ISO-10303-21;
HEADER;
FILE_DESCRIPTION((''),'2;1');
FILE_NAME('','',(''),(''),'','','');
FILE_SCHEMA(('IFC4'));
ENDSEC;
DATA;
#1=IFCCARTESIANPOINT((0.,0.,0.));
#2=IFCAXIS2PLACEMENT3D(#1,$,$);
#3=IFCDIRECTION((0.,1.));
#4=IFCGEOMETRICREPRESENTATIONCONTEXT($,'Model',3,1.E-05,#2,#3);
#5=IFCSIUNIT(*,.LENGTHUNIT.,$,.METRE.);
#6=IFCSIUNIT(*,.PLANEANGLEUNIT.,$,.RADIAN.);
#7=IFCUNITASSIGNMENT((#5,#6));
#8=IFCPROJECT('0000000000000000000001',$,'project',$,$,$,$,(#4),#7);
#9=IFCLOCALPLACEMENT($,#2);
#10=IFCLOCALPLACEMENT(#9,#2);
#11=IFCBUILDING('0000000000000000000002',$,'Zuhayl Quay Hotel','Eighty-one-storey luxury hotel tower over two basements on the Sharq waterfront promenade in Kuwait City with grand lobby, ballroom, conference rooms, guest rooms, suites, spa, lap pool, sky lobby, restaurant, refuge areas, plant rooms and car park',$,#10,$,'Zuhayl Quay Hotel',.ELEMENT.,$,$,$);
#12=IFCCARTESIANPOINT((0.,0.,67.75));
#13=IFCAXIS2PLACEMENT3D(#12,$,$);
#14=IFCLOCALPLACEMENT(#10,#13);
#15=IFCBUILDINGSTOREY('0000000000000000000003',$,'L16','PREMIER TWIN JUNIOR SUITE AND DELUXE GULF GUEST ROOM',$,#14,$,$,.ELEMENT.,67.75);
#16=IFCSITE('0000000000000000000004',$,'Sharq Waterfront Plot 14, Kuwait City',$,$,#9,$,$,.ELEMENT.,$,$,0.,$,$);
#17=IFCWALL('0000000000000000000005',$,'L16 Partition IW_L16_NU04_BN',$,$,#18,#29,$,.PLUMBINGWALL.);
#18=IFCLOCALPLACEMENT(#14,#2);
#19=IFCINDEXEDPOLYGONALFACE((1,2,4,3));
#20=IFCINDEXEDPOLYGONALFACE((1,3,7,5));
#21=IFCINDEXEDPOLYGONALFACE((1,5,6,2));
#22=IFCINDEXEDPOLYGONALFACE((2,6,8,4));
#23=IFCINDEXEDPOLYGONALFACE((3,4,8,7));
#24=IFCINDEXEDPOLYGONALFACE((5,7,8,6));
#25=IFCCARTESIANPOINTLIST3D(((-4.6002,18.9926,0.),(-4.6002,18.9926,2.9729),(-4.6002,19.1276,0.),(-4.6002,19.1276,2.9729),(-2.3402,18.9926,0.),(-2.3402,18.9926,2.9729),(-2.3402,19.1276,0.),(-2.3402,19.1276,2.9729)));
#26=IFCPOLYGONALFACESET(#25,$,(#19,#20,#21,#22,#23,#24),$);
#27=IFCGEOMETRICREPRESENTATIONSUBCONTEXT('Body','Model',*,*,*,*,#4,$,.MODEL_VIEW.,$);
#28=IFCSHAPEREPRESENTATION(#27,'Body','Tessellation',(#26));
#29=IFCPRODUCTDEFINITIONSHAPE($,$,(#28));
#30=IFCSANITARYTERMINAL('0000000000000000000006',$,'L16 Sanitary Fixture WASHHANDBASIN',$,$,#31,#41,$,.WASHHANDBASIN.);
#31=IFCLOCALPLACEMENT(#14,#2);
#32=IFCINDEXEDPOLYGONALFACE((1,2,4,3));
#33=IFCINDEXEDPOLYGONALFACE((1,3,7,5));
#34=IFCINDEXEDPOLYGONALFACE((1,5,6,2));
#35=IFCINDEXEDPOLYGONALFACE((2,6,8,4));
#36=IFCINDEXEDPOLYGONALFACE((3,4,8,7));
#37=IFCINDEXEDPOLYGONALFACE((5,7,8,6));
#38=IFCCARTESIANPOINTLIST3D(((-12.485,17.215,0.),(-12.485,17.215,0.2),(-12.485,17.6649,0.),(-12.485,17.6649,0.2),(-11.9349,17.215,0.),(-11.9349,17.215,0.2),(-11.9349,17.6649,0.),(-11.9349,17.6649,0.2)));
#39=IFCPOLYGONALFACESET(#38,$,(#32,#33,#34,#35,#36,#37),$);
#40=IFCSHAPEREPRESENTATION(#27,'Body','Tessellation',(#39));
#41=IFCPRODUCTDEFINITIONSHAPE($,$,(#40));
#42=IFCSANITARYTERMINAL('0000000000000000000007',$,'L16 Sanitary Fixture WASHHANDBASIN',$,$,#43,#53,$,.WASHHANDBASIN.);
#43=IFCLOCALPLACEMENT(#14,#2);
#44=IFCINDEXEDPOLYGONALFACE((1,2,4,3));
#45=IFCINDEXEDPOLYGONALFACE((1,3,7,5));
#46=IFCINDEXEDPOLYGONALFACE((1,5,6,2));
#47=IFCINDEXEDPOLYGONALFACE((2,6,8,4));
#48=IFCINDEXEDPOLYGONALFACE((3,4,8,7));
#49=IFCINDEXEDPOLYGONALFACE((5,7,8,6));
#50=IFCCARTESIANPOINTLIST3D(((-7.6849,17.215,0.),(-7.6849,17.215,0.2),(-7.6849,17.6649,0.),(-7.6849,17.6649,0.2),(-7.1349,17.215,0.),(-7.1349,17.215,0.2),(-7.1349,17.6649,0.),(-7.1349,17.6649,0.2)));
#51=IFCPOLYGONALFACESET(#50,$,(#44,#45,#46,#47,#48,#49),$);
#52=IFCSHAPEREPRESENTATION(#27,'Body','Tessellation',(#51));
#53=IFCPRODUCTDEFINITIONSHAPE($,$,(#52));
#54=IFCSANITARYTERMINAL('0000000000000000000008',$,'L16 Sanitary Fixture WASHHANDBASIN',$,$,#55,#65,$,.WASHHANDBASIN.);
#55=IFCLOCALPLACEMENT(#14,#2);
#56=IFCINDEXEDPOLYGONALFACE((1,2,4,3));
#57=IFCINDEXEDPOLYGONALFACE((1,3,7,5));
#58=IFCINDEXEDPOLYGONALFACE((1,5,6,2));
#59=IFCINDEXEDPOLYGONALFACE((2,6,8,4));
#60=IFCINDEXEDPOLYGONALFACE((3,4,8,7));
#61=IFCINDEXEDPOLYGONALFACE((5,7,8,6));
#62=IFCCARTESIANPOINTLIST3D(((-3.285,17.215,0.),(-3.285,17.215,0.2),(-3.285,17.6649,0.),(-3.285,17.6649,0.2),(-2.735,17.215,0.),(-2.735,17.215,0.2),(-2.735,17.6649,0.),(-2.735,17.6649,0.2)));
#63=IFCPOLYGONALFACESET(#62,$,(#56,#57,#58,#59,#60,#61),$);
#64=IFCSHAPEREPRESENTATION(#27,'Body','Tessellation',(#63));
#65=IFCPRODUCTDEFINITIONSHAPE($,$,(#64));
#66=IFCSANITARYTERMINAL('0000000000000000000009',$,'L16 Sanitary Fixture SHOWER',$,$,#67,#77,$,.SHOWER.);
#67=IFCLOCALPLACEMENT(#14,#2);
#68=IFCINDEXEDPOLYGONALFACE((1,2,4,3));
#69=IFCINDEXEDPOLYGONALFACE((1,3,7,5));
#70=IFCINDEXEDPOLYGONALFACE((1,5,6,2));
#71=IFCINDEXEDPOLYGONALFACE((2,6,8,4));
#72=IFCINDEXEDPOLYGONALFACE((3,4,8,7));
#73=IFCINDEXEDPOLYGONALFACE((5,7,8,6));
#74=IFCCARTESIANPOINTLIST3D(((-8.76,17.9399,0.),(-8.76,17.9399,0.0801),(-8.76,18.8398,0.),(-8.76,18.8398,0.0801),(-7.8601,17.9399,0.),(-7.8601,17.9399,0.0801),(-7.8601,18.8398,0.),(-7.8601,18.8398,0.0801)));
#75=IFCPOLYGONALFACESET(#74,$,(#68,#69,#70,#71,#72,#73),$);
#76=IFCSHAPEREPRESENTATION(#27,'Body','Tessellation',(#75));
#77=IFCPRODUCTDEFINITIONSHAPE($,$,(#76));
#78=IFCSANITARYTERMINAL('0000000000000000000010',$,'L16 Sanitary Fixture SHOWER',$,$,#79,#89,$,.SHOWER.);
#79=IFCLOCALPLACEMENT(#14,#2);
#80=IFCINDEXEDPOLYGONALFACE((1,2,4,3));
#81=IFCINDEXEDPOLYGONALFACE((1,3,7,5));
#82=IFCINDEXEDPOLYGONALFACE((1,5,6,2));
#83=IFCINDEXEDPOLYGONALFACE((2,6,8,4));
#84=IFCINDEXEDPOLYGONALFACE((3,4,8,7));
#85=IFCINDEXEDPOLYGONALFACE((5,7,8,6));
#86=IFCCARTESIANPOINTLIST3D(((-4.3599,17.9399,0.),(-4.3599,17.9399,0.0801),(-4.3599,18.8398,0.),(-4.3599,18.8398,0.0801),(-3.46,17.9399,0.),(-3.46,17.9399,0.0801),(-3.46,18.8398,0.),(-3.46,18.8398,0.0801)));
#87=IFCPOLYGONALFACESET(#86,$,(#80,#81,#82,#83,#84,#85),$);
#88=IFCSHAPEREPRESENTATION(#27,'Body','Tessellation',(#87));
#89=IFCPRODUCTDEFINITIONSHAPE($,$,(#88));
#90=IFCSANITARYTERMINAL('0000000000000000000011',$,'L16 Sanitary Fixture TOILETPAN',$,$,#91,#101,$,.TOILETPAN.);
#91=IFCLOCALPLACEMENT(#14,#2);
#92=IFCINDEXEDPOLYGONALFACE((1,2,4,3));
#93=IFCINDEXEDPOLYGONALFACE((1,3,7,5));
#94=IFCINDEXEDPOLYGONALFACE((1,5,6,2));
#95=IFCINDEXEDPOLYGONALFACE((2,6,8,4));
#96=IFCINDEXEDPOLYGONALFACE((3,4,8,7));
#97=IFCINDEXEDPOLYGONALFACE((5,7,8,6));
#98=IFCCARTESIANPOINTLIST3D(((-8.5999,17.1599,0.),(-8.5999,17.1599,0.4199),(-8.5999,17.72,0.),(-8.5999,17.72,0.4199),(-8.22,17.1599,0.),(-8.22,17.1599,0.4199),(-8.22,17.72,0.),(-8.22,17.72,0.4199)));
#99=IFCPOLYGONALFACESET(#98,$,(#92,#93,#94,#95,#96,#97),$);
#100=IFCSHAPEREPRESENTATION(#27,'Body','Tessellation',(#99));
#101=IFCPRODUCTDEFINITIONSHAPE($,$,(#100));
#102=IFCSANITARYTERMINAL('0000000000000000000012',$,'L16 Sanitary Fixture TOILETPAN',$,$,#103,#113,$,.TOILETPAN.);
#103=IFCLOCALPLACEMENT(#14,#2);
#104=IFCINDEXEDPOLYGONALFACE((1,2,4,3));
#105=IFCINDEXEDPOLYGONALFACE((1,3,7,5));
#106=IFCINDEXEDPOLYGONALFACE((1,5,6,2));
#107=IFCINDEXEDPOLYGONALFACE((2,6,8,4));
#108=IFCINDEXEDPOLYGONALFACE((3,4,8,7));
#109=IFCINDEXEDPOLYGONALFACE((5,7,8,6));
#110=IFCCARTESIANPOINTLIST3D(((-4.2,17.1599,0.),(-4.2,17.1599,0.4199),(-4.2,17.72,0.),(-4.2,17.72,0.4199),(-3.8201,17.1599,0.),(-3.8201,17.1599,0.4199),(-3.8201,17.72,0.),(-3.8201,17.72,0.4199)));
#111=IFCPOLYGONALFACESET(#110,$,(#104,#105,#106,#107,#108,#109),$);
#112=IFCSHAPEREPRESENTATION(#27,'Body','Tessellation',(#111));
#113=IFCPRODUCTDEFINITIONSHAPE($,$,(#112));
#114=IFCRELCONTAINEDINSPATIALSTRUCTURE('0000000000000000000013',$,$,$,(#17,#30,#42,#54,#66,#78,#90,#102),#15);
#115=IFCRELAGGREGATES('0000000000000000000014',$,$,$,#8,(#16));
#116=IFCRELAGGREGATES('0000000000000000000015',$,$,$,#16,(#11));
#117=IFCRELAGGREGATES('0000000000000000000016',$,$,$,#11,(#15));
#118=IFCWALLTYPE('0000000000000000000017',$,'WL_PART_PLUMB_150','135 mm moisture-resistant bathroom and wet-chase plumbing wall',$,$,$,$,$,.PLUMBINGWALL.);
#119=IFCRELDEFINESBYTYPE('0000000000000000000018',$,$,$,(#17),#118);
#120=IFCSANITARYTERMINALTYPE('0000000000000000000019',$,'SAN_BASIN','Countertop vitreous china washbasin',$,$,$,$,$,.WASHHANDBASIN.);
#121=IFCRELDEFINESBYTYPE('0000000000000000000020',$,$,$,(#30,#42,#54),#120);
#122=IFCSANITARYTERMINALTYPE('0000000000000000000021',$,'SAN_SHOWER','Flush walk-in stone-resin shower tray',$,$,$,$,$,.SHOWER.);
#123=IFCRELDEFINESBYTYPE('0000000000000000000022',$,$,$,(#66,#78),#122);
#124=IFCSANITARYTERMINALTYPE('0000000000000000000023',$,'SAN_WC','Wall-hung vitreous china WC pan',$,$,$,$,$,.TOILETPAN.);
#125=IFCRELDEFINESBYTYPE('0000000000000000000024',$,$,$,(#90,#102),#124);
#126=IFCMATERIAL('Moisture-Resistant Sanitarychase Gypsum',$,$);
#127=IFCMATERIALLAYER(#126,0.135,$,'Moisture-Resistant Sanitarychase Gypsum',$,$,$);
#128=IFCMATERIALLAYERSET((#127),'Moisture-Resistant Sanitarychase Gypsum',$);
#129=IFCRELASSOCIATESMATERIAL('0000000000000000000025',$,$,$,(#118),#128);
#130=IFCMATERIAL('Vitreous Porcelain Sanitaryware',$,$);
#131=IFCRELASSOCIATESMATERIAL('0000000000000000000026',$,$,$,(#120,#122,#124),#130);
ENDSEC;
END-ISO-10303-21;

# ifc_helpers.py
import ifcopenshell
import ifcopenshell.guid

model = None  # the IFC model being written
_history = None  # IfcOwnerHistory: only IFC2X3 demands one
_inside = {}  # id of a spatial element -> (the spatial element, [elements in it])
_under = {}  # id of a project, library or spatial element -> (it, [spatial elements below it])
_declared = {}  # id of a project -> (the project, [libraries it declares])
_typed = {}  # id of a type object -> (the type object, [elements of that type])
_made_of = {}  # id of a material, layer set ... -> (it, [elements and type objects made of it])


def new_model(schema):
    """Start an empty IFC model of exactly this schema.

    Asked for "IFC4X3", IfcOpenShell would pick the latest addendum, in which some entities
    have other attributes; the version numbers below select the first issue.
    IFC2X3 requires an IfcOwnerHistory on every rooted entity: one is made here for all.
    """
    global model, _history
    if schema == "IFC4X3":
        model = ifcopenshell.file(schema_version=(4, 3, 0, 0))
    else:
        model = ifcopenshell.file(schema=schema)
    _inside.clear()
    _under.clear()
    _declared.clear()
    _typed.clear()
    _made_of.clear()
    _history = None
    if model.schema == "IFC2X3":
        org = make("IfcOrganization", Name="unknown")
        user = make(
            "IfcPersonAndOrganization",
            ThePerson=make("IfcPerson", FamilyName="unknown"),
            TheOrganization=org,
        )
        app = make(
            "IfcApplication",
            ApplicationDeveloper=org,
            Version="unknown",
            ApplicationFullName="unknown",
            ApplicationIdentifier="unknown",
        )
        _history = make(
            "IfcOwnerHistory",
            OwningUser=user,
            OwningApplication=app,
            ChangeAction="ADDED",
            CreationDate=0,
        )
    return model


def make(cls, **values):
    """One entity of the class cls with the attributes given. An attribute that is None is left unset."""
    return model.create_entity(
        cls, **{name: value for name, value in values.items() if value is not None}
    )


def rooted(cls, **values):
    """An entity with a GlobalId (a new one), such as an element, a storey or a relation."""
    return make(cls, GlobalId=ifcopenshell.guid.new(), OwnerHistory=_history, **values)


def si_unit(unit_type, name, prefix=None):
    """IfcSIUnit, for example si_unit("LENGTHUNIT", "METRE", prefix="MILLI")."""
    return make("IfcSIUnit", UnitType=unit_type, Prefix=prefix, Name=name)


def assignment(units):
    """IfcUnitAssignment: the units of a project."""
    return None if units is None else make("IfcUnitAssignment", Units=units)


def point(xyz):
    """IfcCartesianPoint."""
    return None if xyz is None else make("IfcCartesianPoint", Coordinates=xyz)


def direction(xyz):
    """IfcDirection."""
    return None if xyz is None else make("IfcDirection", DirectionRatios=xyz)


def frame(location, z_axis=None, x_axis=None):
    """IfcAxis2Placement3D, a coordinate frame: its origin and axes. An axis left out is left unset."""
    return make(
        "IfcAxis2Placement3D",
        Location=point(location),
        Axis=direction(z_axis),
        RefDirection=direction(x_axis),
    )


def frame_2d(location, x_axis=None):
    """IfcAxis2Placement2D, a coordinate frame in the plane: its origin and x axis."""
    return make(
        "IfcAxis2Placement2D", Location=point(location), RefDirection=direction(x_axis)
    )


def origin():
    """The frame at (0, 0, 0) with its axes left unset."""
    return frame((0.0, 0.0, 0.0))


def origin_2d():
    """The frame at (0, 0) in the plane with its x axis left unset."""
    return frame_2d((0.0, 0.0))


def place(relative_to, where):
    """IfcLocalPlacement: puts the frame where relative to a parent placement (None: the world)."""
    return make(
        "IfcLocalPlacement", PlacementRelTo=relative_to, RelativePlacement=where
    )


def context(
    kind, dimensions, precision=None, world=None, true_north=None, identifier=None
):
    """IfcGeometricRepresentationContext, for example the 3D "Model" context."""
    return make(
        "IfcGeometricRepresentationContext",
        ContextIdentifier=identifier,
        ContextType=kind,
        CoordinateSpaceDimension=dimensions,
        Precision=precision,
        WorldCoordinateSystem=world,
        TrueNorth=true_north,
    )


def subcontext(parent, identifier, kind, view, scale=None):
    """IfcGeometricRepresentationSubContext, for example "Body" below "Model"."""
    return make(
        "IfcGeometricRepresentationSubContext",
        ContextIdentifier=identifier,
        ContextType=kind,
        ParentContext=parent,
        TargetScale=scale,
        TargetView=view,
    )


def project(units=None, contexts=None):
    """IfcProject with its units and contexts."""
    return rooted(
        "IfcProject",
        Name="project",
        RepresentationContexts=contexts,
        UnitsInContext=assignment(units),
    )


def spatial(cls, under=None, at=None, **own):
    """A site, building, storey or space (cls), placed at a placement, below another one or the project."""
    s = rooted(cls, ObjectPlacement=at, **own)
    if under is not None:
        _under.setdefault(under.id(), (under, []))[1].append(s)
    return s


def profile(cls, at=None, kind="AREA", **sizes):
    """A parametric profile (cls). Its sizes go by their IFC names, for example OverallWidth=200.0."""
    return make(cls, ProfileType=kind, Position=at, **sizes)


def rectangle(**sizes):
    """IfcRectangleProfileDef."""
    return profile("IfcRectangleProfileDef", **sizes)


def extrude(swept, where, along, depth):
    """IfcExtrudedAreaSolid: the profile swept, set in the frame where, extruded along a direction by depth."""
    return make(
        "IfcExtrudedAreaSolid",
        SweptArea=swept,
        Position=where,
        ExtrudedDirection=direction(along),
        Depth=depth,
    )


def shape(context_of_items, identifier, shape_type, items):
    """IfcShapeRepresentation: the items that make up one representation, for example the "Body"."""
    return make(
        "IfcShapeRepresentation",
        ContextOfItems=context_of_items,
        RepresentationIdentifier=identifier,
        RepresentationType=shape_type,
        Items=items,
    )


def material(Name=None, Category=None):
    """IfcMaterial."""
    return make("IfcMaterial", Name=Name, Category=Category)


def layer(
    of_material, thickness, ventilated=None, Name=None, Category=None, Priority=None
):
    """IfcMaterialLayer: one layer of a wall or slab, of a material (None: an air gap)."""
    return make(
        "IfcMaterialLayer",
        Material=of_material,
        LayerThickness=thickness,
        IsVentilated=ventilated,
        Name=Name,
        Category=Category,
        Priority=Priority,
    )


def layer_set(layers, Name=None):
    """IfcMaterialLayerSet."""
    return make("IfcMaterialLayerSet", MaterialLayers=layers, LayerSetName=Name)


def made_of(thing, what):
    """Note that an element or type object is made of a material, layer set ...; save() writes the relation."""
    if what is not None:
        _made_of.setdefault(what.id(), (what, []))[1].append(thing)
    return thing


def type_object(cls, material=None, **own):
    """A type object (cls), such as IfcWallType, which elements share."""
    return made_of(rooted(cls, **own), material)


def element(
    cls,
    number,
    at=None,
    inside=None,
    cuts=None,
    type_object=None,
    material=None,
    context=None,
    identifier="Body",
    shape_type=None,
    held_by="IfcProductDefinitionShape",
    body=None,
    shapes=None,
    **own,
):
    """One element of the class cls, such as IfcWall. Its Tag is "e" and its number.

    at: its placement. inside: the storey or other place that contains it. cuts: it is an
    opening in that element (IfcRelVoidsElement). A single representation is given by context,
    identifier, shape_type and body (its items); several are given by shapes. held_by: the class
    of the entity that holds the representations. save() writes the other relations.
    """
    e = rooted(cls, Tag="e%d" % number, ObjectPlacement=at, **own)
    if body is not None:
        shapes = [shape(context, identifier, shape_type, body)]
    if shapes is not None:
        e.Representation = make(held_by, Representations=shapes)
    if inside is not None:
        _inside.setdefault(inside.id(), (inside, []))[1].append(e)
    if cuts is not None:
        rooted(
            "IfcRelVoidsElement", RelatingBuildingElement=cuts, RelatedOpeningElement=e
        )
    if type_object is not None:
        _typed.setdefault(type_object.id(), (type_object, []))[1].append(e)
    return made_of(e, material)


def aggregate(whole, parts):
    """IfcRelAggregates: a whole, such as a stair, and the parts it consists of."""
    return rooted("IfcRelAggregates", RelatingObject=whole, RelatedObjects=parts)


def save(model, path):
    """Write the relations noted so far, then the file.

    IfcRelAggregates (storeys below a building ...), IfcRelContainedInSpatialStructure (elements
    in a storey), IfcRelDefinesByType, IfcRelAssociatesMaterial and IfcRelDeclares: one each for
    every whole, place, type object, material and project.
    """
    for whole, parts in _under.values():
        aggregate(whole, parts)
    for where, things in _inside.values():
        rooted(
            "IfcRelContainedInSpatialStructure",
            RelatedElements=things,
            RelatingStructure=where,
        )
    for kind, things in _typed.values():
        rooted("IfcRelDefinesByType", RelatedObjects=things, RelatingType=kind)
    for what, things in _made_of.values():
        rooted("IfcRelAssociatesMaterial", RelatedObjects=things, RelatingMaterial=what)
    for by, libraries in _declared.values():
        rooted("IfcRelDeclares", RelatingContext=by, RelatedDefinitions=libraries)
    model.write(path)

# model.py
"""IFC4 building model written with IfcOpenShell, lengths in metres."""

from ifc_helpers import new_model, si_unit, direction, frame, frame_2d, origin, origin_2d, place, context, subcontext, project, spatial, rectangle, extrude, material, layer, layer_set, type_object, element, save


model = new_model("IFC4")

# Units and contexts
model_context = context("Model", 3, precision=1e-05, world=origin(), true_north=direction((0.0, 1.0)))
body_context = subcontext(model_context, "Body", "Model", "MODEL_VIEW")
ifc_project = project(units=[si_unit("LENGTHUNIT", "METRE"), si_unit("PLANEANGLEUNIT", "RADIAN")], contexts=[model_context])

# Site, building, storey
site_placement = place(None, origin())
site = spatial("IfcSite", under=ifc_project, at=site_placement, Name="Sharq Waterfront Plot 14, Kuwait City", CompositionType="ELEMENT", RefElevation=0.0)
building_placement = place(site_placement, origin())
building = spatial("IfcBuilding", under=site, at=building_placement, Name="Zuhayl Quay Hotel", Description="Eighty-one-storey luxury hotel tower over two basements on the Sharq waterfront promenade in Kuwait City with grand lobby, ballroom, conference rooms, guest rooms, suites, spa, lap pool, sky lobby, restaurant, refuge areas, plant rooms and car park", LongName="Zuhayl Quay Hotel", CompositionType="ELEMENT")
storey_placement = place(building_placement, frame((0.0, 0.0, 67.75)))
storey = spatial("IfcBuildingStorey", under=building, at=storey_placement, Name="L16", Description="PREMIER TWIN JUNIOR SUITE AND DELUXE GULF GUEST ROOM", CompositionType="ELEMENT", Elevation=67.75)

# Shared definitions
ifc_material_1 = material(Name="Moisture-Resistant Sanitarychase Gypsum")
ifc_layer_1 = layer(ifc_material_1, 0.135, Name="Moisture-Resistant Sanitarychase Gypsum")
ifc_layer_set_1 = layer_set([ifc_layer_1], Name="Moisture-Resistant Sanitarychase Gypsum")
wall_type_1 = type_object("IfcWallType", Name="WL_PART_PLUMB_150", Description="135 mm moisture-resistant bathroom and wet-chase plumbing wall", PredefinedType="PLUMBINGWALL", material=ifc_layer_set_1)

# Wall
for number, where, z_axis, x_axis, name in (
    (1, (-4.6001, 19.0601, 0.0), (0.0, 0.0, 1.0), (1.0, 0.0, 0.0), "L16 Partition IW_L16_NU04_BN"),
):
    element("IfcWall", number, at=place(storey_placement, frame(where, z_axis=z_axis, x_axis=x_axis)), inside=storey, type_object=wall_type_1, Name=name, PredefinedType="PLUMBINGWALL", context=body_context, shape_type="SweptSolid", body=[
        extrude(rectangle(XDim=2.26, YDim=0.135, at=frame_2d((1.1299, 0.0))), origin(), (0.0, 0.0, 1.0), 2.9729),
    ])

# Sanitary terminals
ifc_material_2 = material(Name="Vitreous Porcelain Sanitaryware")
sanitary_terminal_type_1 = type_object("IfcSanitaryTerminalType", Name="SAN_BASIN", Description="Countertop vitreous china washbasin", PredefinedType="WASHHANDBASIN", material=ifc_material_2)
for number, where, z_axis, x_axis, name in (
    (2, (-12.21, 17.4399, 0.0), (0.0, 0.0, 1.0), (1.0, 0.0, 0.0), "L16 Sanitary Fixture WASHHANDBASIN"),
    (3, (-7.4099, 17.4399, 0.0), (0.0, 0.0, 1.0), (1.0, 0.0, 0.0), "L16 Sanitary Fixture WASHHANDBASIN"),
    (4, (-3.01, 17.4399, 0.0), (0.0, 0.0, 1.0), (1.0, 0.0, 0.0), "L16 Sanitary Fixture WASHHANDBASIN"),
):
    element("IfcSanitaryTerminal", number, at=place(storey_placement, frame(where, z_axis=z_axis, x_axis=x_axis)), inside=storey, type_object=sanitary_terminal_type_1, Name=name, PredefinedType="WASHHANDBASIN", context=body_context, shape_type="SweptSolid", body=[
        extrude(rectangle(XDim=0.55, YDim=0.45, at=origin_2d()), origin(), (0.0, 0.0, 1.0), 0.2),
    ])
sanitary_terminal_type_2 = type_object("IfcSanitaryTerminalType", Name="SAN_SHOWER", Description="Flush walk-in stone-resin shower tray", PredefinedType="SHOWER", material=ifc_material_2)
for number, where, z_axis, x_axis, name in (
    (5, (-8.3101, 18.3899, 0.0), (0.0, 0.0, 1.0), (1.0, 0.0, 0.0), "L16 Sanitary Fixture SHOWER"),
    (6, (-3.9099, 18.3899, 0.0), (0.0, 0.0, 1.0), (1.0, 0.0, 0.0), "L16 Sanitary Fixture SHOWER"),
):
    element("IfcSanitaryTerminal", number, at=place(storey_placement, frame(where, z_axis=z_axis, x_axis=x_axis)), inside=storey, type_object=sanitary_terminal_type_2, Name=name, PredefinedType="SHOWER", context=body_context, shape_type="SweptSolid", body=[
        extrude(rectangle(XDim=0.8999, YDim=0.8999, at=origin_2d()), origin(), (0.0, 0.0, 1.0), 0.0801),
    ])
sanitary_terminal_type_3 = type_object("IfcSanitaryTerminalType", Name="SAN_WC", Description="Wall-hung vitreous china WC pan", PredefinedType="TOILETPAN", material=ifc_material_2)
for number, where, z_axis, x_axis, name in (
    (7, (-8.4099, 17.4399, 0.0), (0.0, 0.0, 1.0), (1.0, 0.0, 0.0), "L16 Sanitary Fixture TOILETPAN"),
    (8, (-4.01, 17.4399, 0.0), (0.0, 0.0, 1.0), (1.0, 0.0, 0.0), "L16 Sanitary Fixture TOILETPAN"),
):
    element("IfcSanitaryTerminal", number, at=place(storey_placement, frame(where, z_axis=z_axis, x_axis=x_axis)), inside=storey, type_object=sanitary_terminal_type_3, Name=name, PredefinedType="TOILETPAN", context=body_context, shape_type="SweptSolid", body=[
        extrude(rectangle(XDim=0.3799, YDim=0.5601, at=origin_2d()), origin(), (0.0, 0.0, 1.0), 0.4199),
    ])

save(model, "model.ifc")
